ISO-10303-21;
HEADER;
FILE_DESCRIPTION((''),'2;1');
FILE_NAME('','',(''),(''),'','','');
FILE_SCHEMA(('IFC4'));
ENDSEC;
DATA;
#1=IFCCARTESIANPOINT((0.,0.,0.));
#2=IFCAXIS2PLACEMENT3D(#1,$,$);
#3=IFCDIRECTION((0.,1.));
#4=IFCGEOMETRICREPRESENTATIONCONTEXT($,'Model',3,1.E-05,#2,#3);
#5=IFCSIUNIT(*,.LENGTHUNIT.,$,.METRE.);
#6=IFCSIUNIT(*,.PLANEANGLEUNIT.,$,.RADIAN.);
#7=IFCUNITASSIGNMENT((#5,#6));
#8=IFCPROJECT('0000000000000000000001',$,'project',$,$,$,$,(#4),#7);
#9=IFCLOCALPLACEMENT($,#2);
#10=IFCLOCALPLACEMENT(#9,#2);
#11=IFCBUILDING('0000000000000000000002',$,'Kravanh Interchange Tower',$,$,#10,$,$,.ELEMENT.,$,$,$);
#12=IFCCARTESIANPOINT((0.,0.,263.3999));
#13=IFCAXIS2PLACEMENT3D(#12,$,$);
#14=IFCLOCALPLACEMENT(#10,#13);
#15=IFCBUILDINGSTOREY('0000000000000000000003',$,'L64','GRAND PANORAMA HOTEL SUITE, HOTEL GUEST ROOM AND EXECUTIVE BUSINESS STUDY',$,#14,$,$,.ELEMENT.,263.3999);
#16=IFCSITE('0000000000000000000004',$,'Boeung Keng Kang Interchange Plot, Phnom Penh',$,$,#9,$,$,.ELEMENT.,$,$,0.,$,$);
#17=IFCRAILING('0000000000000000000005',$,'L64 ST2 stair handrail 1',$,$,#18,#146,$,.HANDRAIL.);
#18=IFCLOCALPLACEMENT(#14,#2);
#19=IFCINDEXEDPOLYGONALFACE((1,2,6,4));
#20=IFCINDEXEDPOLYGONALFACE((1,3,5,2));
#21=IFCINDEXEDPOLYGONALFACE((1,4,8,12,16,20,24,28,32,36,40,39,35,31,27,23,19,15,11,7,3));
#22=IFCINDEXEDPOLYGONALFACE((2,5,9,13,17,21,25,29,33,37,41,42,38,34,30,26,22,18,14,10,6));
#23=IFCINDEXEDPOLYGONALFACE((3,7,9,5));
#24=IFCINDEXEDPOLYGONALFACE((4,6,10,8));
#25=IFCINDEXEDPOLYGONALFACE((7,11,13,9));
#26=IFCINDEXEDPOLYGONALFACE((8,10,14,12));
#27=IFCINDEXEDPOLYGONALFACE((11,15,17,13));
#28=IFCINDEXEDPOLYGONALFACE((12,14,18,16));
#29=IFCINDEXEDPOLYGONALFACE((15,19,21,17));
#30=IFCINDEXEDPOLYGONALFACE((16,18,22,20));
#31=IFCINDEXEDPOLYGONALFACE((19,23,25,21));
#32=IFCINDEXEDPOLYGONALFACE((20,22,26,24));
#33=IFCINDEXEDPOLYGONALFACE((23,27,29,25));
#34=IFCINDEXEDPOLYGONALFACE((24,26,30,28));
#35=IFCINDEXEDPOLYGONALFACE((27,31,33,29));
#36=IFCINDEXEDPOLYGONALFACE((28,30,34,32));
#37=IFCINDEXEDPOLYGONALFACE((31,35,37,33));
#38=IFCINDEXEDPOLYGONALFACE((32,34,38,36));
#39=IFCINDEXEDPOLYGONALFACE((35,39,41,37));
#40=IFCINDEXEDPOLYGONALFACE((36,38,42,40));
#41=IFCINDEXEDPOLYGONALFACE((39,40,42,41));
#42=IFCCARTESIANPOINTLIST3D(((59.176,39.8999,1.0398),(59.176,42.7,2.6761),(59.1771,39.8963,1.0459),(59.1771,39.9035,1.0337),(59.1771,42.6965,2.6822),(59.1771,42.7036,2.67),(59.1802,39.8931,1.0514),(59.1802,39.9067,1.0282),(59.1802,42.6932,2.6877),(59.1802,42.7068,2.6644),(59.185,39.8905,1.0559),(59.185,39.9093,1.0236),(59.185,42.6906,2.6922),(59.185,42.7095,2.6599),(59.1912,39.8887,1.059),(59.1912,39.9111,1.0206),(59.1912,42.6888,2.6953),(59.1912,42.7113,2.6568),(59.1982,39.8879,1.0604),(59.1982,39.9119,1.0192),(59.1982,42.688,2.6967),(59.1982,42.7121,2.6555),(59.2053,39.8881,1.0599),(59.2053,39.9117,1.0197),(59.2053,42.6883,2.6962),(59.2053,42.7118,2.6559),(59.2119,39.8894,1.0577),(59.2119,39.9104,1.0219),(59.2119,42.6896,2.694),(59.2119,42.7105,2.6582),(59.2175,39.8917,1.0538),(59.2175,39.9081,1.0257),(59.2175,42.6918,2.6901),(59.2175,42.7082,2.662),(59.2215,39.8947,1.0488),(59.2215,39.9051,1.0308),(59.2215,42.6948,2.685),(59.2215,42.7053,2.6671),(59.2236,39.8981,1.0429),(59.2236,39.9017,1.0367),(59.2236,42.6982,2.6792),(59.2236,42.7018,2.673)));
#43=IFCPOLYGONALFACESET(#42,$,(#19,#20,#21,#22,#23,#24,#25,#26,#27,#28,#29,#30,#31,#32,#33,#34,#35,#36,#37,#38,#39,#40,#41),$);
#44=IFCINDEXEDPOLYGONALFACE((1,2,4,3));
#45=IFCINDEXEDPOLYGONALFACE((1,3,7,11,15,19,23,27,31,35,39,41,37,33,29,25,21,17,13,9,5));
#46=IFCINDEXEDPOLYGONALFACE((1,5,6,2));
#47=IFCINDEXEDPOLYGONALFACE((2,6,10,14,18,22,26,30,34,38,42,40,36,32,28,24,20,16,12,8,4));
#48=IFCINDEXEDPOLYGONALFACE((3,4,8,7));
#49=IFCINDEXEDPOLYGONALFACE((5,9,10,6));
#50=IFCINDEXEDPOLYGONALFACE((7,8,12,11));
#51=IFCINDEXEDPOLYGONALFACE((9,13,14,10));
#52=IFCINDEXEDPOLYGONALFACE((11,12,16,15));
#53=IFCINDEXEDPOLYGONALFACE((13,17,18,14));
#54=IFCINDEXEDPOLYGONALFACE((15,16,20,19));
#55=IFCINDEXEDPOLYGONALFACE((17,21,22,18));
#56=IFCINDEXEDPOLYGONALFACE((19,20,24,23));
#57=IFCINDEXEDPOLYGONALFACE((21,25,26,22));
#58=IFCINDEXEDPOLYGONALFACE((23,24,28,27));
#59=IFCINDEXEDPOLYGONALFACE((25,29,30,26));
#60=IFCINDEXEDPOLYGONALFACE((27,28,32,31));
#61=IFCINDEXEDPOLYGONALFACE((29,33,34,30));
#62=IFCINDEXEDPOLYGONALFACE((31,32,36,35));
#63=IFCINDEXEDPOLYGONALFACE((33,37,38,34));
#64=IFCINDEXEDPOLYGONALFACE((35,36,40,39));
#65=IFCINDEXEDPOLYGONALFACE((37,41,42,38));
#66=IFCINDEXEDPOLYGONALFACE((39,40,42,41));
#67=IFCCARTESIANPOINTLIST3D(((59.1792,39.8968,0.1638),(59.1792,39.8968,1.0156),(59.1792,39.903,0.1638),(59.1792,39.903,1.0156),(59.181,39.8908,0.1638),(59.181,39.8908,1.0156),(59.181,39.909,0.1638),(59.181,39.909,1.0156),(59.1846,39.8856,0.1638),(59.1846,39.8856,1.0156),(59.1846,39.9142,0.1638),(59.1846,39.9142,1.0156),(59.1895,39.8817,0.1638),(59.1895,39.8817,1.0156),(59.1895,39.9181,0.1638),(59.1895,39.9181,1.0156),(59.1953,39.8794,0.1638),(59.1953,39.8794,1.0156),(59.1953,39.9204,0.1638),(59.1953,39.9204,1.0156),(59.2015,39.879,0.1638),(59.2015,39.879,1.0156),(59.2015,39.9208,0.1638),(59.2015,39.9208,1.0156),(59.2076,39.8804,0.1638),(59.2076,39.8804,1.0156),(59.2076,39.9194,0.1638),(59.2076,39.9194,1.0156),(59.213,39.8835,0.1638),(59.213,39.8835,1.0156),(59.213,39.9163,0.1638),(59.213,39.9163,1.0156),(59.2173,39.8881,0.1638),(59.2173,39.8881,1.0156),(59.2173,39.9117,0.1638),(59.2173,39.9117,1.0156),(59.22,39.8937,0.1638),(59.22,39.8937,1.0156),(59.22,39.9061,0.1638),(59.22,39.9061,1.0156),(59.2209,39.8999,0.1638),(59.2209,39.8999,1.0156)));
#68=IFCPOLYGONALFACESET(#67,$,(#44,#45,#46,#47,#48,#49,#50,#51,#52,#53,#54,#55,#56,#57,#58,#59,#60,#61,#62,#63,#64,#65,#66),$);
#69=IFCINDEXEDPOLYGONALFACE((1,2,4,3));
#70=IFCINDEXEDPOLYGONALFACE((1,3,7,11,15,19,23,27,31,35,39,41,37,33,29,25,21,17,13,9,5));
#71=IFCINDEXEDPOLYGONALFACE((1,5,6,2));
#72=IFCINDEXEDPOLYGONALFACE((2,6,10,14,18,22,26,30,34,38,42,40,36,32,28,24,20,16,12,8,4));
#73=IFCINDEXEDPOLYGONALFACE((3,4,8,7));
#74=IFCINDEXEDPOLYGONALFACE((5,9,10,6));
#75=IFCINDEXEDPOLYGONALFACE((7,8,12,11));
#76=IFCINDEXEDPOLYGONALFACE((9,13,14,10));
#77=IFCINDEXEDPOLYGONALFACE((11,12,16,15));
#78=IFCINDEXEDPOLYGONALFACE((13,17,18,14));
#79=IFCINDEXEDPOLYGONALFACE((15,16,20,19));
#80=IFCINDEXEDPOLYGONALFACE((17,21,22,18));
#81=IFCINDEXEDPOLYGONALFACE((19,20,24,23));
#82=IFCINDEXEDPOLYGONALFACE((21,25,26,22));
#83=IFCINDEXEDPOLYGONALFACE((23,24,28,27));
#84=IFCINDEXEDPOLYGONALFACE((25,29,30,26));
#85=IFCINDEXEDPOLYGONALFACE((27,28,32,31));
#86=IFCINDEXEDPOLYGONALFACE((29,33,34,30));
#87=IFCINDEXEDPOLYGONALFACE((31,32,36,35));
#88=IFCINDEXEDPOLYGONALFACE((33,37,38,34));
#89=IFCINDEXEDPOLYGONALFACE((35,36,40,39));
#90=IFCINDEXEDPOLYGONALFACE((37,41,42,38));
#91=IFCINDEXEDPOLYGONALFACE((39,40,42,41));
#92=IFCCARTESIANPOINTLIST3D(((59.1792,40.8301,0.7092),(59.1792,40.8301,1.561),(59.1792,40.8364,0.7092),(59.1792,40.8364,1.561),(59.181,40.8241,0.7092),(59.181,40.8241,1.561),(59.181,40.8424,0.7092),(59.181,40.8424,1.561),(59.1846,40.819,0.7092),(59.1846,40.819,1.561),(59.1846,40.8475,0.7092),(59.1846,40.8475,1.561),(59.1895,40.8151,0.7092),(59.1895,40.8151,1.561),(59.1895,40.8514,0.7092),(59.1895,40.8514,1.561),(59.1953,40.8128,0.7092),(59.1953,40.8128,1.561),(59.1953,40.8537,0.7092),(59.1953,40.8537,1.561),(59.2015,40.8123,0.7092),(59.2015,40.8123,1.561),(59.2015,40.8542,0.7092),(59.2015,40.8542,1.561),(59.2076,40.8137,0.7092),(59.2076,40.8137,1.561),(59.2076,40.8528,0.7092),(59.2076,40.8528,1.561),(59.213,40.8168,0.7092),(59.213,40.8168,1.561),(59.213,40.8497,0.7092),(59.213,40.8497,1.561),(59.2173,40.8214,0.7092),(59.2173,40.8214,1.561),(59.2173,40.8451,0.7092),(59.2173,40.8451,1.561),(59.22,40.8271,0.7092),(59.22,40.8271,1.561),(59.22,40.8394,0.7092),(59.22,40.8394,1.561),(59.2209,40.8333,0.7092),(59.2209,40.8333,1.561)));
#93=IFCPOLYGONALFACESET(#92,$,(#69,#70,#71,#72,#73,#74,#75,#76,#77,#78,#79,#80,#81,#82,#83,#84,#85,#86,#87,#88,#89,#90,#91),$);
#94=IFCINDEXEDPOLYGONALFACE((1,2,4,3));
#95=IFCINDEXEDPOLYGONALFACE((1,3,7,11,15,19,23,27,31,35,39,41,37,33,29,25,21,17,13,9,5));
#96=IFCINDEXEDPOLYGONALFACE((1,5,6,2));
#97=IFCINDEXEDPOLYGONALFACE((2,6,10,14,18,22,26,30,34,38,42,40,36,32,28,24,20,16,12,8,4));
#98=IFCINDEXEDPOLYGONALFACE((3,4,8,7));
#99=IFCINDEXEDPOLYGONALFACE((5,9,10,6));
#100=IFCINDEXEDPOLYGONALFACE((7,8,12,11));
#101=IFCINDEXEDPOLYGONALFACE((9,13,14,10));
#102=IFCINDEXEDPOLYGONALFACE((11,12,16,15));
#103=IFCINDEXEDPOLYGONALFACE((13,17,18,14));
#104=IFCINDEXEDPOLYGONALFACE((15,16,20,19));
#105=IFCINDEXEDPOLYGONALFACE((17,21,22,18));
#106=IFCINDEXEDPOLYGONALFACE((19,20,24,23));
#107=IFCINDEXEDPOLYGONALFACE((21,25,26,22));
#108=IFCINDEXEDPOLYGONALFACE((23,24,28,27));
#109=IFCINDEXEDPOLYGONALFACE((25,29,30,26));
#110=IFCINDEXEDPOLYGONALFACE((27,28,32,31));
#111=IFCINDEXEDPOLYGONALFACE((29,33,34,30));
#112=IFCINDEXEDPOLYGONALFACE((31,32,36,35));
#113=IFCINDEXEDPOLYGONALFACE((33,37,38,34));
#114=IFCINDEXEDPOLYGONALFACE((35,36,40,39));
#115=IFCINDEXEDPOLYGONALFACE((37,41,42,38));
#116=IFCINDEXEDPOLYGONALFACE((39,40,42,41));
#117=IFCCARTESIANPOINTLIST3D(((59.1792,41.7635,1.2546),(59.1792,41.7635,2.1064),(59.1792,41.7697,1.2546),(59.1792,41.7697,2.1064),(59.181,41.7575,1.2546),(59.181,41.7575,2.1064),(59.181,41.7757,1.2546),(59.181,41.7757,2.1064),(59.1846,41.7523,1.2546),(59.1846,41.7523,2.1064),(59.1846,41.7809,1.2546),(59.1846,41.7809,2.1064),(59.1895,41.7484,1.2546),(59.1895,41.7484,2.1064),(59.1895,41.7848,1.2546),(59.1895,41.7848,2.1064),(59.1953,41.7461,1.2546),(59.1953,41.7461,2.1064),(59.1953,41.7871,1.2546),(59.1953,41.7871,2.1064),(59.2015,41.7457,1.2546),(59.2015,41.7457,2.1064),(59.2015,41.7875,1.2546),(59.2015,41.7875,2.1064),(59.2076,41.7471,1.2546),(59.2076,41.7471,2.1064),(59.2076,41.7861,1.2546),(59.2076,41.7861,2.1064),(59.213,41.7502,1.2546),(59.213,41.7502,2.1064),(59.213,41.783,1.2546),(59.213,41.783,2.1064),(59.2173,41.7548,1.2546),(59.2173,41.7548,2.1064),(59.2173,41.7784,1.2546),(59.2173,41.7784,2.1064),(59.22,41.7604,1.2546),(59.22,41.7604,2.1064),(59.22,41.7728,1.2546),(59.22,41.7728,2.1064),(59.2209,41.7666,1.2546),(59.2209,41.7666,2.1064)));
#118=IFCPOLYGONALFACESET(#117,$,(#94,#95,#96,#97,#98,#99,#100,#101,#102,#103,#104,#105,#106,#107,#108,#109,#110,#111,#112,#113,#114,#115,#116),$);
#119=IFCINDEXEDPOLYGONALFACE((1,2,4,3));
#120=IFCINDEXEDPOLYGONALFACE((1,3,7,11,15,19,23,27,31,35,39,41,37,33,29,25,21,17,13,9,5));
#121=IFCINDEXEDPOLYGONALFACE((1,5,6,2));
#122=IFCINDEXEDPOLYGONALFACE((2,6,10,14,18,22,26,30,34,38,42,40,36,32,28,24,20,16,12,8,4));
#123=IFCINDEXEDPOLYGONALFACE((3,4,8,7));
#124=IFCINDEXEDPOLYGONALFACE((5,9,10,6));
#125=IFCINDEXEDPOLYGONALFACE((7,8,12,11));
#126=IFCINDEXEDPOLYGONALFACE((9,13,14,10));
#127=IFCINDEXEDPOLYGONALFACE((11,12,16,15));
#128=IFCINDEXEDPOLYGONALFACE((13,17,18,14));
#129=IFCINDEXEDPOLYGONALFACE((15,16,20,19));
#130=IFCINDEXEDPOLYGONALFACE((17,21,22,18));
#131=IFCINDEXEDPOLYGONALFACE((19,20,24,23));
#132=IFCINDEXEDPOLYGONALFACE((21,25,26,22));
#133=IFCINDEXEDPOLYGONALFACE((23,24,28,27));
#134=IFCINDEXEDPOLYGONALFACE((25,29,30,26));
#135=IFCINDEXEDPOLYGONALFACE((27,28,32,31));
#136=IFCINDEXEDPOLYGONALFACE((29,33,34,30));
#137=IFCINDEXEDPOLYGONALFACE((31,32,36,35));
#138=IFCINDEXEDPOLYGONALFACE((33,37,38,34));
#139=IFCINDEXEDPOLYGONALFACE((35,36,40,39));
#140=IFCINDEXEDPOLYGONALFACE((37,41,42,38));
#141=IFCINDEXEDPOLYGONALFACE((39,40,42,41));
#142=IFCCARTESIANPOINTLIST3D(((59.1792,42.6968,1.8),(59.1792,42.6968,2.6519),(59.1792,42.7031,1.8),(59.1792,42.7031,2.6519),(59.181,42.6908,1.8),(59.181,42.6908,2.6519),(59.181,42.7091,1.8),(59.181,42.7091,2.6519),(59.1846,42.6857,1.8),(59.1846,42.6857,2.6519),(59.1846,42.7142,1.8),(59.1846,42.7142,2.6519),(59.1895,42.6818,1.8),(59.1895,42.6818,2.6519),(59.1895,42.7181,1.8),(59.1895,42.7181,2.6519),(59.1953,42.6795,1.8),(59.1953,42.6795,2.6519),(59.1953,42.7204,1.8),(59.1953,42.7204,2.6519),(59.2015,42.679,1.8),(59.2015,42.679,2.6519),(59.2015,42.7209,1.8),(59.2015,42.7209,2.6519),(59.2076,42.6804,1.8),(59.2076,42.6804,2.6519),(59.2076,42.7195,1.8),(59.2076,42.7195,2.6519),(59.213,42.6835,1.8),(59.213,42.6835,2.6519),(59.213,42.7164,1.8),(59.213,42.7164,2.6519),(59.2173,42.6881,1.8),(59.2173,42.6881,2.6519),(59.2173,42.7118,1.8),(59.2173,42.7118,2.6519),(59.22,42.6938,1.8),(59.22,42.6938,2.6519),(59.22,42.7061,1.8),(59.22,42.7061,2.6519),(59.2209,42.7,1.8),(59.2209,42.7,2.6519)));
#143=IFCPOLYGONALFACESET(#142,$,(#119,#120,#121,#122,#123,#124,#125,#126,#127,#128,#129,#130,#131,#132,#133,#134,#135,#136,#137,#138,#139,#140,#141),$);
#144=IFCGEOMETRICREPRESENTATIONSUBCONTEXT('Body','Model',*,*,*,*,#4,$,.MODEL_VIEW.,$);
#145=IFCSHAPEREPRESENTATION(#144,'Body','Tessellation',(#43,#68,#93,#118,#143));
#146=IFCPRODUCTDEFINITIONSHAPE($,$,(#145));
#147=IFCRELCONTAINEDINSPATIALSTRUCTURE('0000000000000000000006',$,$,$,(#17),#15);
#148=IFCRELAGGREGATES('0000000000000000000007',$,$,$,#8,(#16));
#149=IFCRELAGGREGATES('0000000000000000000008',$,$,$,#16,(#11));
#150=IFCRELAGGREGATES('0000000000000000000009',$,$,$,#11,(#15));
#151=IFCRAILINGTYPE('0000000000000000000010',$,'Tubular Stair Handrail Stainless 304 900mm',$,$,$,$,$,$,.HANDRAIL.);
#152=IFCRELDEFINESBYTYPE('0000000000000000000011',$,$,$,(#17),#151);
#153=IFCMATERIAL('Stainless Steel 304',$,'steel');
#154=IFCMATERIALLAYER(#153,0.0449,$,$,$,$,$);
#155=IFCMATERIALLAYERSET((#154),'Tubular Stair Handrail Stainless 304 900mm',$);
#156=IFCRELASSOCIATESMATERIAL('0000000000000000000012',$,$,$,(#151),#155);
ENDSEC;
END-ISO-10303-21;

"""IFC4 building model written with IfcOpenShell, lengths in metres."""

from ifc_helpers import new_model, si_unit, direction, frame, origin, origin_2d, place, context, subcontext, project, spatial, circle, extrude, material, layer, layer_set, type_object, element, save


model = new_model("IFC4")

# Units and contexts
model_context = context("Model", 3, precision=1e-05, world=origin(), true_north=direction((0.0, 1.0)))
body_context = subcontext(model_context, "Body", "Model", "MODEL_VIEW")
ifc_project = project(units=[si_unit("LENGTHUNIT", "METRE"), si_unit("PLANEANGLEUNIT", "RADIAN")], contexts=[model_context])

# Site, building, storey
site_placement = place(None, origin())
site = spatial("IfcSite", under=ifc_project, at=site_placement, Name="Boeung Keng Kang Interchange Plot, Phnom Penh", CompositionType="ELEMENT", RefElevation=0.0)
building_placement = place(site_placement, origin())
building = spatial("IfcBuilding", under=site, at=building_placement, Name="Kravanh Interchange Tower", CompositionType="ELEMENT")
storey_placement = place(building_placement, frame((0.0, 0.0, 263.3999)))
storey = spatial("IfcBuildingStorey", under=building, at=storey_placement, Name="L64", Description="GRAND PANORAMA HOTEL SUITE, HOTEL GUEST ROOM AND EXECUTIVE BUSINESS STUDY", CompositionType="ELEMENT", Elevation=263.3999)

# Railing
ifc_material_1 = material(Name="Stainless Steel 304", Category="steel")
ifc_layer_1 = layer(ifc_material_1, 0.0449)
ifc_layer_set_1 = layer_set([ifc_layer_1], Name="Tubular Stair Handrail Stainless 304 900mm")
railing_type_1 = type_object("IfcRailingType", Name="Tubular Stair Handrail Stainless 304 900mm", PredefinedType="HANDRAIL", material=ifc_layer_set_1)
railing_1_placement = place(storey_placement, frame((59.2, 39.8999, 0.1638)))
element("IfcRailing", 1, at=railing_1_placement, inside=storey, type_object=railing_type_1, Name="L64 ST2 stair handrail 1", PredefinedType="HANDRAIL", context=body_context, shape_type="SweptSolid", body=[
    extrude(circle(Radius=0.0239, at=origin_2d()), frame((0.0, 0.0, 0.876), z_axis=(0.0, 0.863394, 0.504531), x_axis=(-1.0, 0.0, 0.0)), (0.0, 0.0, 1.0), 3.2432),
    extrude(circle(Radius=0.021, at=origin_2d()), origin(), (0.0, 0.0, 1.0), 0.8518),
    extrude(circle(Radius=0.021, at=origin_2d()), frame((0.0, 0.9333, 0.5454)), (0.0, 0.0, 1.0), 0.8518),
    extrude(circle(Radius=0.021, at=origin_2d()), frame((0.0, 1.8667, 1.0908)), (0.0, 0.0, 1.0), 0.8518),
    extrude(circle(Radius=0.021, at=origin_2d()), frame((0.0, 2.8, 1.6362)), (0.0, 0.0, 1.0), 0.8518),
])

save(model, "model.ifc")
